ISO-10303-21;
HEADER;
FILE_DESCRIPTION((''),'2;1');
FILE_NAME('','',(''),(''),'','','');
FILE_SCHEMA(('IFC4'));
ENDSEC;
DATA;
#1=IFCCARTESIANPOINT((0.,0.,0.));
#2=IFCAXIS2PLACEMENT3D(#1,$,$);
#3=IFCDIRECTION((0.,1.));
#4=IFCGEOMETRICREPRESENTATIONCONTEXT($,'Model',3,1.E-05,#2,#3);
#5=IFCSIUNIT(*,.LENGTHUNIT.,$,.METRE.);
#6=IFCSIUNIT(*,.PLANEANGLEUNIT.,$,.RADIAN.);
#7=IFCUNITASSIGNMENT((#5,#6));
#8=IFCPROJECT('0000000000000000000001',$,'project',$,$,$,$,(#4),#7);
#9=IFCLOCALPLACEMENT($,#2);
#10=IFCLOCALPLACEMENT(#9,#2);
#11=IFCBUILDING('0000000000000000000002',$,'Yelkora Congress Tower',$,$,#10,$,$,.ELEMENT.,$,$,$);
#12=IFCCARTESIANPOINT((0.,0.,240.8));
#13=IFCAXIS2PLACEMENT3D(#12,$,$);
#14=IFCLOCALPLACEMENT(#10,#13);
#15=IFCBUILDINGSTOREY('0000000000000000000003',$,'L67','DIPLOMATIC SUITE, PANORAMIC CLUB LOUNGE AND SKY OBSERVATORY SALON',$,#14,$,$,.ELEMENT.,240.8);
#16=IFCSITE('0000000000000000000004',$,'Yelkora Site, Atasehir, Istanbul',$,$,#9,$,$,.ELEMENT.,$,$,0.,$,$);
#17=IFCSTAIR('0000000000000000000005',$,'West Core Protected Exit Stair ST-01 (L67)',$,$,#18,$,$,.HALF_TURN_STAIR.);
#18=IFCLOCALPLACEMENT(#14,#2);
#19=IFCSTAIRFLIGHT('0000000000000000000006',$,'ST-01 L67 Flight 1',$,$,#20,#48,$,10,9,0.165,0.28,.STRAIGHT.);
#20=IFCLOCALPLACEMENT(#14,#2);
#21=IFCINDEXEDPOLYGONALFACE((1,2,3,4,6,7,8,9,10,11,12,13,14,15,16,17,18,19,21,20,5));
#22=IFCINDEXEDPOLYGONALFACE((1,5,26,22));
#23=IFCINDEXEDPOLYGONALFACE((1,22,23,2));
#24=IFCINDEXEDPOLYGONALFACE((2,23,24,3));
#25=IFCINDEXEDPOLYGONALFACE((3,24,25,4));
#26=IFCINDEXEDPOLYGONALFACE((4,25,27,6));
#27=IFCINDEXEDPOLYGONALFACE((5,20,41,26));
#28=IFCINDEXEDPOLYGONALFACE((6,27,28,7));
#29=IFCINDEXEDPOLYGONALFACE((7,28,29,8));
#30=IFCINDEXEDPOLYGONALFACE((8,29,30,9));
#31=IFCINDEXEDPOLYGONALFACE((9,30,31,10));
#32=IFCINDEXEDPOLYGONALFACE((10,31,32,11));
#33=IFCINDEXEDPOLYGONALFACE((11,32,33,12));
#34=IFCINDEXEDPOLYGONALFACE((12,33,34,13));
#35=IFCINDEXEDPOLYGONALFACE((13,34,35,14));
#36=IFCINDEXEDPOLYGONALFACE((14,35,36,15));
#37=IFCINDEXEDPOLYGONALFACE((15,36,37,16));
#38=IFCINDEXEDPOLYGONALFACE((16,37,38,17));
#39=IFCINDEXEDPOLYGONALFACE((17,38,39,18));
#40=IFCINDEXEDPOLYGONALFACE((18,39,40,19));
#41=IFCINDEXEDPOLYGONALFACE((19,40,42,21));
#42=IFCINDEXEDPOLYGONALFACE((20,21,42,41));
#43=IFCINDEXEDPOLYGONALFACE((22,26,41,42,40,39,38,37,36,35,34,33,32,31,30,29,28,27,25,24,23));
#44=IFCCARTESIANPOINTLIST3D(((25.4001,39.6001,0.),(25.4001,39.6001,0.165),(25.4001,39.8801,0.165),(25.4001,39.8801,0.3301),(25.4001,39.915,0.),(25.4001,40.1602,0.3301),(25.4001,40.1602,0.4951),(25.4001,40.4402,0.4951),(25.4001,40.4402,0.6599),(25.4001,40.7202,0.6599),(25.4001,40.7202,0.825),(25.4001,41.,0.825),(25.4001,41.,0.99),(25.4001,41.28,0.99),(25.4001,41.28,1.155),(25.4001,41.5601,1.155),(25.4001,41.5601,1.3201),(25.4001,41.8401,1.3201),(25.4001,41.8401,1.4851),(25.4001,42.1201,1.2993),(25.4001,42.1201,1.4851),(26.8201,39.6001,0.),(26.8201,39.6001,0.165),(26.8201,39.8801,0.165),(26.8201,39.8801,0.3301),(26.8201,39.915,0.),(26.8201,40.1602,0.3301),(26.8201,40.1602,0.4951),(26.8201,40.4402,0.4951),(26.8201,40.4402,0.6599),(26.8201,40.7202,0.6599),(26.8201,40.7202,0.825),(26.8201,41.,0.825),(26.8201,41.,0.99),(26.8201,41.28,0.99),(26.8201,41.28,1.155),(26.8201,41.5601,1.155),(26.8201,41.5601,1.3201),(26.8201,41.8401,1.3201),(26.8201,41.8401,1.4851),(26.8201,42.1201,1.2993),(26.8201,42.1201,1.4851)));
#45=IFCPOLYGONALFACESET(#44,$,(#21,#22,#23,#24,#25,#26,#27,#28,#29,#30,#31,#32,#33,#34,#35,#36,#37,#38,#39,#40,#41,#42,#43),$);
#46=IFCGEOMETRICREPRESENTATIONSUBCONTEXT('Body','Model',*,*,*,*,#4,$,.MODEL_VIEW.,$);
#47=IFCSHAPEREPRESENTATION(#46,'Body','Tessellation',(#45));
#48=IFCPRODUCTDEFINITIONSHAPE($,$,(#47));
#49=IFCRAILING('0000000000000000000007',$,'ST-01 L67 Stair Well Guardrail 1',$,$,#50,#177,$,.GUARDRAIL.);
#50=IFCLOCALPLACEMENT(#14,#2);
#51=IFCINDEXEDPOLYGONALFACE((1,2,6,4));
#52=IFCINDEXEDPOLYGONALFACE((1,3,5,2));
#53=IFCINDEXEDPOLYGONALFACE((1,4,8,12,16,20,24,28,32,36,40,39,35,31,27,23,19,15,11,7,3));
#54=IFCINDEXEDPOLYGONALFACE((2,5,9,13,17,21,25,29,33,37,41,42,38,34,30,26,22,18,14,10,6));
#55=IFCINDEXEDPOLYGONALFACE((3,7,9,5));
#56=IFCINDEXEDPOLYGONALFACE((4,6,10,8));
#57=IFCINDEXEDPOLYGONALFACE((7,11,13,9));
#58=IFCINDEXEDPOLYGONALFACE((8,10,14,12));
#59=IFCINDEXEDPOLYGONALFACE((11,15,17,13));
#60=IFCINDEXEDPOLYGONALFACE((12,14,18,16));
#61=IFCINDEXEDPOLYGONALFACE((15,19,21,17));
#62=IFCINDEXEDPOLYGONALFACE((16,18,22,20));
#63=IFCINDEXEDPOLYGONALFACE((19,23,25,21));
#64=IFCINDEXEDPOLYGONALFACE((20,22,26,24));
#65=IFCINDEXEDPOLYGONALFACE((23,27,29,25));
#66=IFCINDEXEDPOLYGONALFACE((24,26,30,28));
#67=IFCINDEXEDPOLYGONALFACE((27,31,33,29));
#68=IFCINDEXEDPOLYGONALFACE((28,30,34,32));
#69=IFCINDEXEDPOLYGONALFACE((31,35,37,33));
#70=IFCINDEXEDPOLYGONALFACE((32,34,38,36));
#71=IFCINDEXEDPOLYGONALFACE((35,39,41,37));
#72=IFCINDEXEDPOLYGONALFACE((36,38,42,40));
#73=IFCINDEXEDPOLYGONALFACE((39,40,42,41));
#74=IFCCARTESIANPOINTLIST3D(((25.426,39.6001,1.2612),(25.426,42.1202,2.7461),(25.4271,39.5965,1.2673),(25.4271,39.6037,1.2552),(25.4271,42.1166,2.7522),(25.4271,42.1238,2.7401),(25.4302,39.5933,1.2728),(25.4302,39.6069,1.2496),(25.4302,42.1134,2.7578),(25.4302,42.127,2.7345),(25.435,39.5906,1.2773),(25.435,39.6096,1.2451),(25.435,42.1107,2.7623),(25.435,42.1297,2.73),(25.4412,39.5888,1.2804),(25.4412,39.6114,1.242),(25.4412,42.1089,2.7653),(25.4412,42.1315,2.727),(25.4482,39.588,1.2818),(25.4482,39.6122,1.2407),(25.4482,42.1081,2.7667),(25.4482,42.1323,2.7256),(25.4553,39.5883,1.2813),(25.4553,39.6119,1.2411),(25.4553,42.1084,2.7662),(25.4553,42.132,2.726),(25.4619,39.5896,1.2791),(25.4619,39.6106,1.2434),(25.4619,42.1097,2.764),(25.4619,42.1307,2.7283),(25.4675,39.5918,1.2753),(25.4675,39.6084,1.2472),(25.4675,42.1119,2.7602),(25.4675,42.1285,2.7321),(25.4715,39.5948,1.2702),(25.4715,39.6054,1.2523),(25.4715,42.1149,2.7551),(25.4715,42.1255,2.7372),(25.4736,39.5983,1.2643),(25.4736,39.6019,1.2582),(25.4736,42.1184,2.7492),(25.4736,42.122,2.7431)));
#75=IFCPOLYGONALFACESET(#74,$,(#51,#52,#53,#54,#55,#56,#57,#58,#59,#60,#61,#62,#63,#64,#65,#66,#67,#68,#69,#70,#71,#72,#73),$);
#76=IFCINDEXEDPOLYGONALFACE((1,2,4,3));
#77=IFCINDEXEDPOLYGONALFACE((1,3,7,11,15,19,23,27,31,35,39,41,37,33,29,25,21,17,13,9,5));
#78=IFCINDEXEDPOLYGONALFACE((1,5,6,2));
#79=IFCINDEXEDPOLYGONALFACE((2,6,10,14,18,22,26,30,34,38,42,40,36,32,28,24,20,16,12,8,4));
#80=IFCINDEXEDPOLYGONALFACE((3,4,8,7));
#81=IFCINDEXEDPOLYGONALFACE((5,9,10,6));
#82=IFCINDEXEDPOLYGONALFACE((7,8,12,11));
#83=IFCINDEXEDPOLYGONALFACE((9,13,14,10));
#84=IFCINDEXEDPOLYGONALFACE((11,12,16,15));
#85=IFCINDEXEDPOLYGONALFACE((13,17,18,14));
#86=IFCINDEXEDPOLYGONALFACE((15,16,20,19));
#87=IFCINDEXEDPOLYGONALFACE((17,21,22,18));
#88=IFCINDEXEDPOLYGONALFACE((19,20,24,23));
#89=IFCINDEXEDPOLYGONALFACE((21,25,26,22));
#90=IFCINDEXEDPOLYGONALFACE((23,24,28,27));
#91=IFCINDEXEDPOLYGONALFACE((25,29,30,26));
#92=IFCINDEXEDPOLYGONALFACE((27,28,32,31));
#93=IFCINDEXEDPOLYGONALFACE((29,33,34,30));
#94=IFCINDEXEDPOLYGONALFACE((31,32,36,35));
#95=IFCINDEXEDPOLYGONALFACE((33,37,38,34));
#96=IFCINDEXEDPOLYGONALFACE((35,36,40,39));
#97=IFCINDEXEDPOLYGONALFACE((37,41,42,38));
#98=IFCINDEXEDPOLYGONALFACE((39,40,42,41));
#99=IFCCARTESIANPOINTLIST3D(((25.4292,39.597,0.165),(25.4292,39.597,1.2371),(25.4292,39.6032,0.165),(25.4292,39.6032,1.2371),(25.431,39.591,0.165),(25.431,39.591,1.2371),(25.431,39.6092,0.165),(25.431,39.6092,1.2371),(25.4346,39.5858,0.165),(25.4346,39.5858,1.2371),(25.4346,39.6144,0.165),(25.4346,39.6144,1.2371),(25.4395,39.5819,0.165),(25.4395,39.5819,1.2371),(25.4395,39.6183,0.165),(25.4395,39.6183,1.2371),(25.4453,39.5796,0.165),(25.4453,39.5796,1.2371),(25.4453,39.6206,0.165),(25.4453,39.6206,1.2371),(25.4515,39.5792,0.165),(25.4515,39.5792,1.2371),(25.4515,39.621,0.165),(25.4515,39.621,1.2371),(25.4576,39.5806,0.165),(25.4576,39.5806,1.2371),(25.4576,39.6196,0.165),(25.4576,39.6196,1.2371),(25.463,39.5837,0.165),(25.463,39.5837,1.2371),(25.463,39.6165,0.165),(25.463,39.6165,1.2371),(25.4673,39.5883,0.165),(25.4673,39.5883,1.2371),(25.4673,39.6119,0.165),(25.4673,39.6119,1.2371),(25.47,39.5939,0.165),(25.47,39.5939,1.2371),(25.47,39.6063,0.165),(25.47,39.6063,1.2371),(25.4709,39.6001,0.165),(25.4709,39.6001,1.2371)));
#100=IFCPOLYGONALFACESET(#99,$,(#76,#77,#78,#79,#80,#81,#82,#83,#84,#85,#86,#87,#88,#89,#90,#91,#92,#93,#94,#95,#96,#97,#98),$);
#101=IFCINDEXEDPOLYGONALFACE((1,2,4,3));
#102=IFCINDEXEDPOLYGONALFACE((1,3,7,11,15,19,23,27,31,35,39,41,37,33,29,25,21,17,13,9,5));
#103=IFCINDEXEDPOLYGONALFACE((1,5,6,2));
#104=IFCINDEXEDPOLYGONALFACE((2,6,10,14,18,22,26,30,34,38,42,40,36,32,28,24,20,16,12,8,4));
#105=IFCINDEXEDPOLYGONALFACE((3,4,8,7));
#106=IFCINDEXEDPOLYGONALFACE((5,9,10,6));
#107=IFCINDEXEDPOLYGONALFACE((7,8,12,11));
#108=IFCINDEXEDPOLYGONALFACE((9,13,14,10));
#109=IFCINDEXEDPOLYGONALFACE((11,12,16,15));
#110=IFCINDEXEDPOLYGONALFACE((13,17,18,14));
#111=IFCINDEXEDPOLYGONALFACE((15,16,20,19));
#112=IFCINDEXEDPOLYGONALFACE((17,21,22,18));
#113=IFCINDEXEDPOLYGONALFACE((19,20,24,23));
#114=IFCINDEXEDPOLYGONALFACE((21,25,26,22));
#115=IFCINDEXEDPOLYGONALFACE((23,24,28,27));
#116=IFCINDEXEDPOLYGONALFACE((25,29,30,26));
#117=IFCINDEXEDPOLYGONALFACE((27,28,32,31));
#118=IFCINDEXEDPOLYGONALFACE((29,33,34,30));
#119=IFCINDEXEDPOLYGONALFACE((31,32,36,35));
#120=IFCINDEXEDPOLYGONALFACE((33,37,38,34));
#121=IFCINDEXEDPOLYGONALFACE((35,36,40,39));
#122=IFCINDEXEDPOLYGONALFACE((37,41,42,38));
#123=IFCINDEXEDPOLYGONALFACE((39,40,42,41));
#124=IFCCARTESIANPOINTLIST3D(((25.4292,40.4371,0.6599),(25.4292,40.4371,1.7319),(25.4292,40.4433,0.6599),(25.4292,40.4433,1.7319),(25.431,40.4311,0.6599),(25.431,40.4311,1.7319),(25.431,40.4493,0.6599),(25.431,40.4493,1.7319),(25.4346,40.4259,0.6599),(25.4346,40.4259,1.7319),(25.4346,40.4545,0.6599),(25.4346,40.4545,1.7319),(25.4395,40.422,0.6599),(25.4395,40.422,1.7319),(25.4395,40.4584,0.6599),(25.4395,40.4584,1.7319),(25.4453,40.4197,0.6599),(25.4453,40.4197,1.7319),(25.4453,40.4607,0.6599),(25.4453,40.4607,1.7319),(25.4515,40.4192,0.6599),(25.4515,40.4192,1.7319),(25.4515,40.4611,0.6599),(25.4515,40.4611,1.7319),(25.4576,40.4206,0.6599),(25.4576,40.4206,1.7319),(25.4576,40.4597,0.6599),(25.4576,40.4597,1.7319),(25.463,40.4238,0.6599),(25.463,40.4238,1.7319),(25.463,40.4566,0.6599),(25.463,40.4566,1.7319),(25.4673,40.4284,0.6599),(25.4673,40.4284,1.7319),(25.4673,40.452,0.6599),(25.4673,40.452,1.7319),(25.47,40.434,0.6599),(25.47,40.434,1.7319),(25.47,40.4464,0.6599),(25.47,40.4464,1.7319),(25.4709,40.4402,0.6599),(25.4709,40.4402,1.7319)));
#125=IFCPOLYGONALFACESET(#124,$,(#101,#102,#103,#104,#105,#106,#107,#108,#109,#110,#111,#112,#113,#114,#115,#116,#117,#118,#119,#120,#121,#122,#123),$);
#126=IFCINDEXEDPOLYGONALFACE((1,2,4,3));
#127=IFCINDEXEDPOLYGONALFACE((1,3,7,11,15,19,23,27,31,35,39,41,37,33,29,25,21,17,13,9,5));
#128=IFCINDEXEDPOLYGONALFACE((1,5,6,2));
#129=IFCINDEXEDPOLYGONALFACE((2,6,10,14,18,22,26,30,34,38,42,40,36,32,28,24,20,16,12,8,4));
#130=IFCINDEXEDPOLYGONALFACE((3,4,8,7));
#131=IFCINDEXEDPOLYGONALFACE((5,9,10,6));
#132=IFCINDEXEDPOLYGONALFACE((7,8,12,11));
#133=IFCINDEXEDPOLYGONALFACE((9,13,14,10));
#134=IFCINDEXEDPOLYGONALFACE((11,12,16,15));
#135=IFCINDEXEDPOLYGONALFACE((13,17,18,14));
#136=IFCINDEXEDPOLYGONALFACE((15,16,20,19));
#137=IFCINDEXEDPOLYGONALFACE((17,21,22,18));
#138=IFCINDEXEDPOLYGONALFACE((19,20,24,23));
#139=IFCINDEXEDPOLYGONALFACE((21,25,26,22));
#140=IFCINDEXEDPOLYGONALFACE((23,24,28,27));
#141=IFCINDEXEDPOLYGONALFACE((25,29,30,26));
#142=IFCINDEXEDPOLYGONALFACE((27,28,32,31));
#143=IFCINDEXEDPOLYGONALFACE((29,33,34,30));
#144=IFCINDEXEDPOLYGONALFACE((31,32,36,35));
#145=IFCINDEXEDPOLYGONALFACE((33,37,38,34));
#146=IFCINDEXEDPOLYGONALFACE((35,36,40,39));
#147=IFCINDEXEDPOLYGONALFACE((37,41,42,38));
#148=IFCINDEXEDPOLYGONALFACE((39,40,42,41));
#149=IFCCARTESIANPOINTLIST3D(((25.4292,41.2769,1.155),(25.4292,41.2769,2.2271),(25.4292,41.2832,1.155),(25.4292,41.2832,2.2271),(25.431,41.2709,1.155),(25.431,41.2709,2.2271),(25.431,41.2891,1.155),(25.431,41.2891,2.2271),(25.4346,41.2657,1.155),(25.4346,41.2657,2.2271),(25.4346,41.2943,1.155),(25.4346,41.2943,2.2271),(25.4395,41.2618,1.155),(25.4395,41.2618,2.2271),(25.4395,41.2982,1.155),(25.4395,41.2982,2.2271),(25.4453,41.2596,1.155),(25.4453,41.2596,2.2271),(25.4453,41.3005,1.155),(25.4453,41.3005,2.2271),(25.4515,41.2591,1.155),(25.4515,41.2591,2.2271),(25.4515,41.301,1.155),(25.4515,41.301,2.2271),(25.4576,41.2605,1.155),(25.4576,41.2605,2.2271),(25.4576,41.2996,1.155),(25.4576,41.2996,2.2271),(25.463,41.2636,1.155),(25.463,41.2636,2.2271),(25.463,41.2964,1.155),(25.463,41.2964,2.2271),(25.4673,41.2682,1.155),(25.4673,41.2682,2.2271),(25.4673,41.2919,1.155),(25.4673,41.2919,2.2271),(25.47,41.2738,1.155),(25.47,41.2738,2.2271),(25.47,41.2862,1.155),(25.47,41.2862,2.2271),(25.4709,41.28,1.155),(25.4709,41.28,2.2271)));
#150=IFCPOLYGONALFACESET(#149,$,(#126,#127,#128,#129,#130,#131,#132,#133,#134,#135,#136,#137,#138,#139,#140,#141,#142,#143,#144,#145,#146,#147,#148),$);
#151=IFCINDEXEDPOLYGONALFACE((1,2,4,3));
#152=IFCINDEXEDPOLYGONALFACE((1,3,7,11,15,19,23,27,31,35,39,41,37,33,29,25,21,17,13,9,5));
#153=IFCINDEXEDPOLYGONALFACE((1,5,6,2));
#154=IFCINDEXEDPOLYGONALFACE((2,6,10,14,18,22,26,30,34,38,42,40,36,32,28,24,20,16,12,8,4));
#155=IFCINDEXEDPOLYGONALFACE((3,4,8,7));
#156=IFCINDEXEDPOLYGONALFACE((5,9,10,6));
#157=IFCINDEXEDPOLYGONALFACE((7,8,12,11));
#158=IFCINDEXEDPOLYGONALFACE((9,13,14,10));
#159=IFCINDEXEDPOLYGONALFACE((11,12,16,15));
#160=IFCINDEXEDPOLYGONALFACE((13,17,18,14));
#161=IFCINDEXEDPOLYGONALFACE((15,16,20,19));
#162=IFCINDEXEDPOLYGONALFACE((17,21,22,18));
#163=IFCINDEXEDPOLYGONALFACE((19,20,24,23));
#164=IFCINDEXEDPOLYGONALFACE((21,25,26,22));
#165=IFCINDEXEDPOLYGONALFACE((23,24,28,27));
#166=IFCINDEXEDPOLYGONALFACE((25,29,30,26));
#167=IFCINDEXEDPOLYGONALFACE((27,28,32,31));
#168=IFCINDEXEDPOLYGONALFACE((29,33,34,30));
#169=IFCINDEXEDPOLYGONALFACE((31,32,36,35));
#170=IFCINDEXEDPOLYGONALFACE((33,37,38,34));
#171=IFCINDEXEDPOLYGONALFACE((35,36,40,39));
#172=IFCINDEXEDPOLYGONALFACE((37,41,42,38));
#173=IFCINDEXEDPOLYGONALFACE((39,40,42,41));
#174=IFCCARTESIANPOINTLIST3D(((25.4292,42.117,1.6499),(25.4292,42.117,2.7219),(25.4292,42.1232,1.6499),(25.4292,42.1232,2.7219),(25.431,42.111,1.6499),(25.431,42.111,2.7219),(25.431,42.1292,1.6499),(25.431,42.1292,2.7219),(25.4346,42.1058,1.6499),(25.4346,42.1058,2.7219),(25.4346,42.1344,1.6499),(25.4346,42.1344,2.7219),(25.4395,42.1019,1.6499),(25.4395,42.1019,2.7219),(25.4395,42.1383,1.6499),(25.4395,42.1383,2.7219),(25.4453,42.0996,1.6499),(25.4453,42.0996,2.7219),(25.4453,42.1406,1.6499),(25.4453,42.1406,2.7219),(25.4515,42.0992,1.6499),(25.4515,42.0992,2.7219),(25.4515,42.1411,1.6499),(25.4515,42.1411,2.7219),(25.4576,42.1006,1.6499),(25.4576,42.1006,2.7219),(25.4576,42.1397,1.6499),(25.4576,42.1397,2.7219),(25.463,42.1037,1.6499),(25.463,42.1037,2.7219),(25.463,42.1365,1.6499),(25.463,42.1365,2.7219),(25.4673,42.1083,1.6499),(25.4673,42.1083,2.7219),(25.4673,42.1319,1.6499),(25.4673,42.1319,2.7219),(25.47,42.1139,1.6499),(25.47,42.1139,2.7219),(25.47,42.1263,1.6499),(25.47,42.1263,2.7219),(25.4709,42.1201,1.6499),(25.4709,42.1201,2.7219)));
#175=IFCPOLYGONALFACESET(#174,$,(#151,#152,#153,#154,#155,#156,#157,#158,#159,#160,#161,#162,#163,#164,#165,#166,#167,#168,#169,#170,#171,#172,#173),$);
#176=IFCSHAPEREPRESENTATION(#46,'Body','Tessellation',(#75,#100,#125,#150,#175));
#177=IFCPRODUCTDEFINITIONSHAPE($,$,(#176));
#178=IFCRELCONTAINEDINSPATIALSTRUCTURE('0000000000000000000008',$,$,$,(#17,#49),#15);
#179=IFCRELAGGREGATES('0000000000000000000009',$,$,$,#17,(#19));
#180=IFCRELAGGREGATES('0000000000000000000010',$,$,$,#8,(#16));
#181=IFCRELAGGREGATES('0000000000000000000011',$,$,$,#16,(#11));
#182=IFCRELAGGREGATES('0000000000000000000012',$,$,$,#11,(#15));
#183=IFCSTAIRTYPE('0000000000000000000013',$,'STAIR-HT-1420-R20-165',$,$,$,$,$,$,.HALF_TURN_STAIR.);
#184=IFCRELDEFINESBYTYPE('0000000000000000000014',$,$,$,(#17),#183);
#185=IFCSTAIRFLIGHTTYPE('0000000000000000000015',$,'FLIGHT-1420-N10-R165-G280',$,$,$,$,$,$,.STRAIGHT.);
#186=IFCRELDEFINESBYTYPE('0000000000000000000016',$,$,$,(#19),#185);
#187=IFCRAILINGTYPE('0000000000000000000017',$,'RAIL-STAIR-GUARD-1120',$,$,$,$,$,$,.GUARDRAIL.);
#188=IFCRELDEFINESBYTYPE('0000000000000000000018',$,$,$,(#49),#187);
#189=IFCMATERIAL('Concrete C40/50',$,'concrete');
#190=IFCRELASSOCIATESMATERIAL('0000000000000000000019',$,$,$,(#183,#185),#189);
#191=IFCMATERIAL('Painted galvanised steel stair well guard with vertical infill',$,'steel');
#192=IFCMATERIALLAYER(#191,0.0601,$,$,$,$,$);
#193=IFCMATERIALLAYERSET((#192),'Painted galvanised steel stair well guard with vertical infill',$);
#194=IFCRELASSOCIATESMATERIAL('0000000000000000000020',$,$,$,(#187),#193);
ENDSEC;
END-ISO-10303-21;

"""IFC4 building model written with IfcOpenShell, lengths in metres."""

from ifc_helpers import new_model, si_unit, direction, frame, origin, origin_2d, place, context, subcontext, project, spatial, polyline, circle, outline, extrude, material, layer, layer_set, type_object, element, aggregate, save


model = new_model("IFC4")

# Units and contexts
model_context = context("Model", 3, precision=1e-05, world=origin(), true_north=direction((0.0, 1.0)))
body_context = subcontext(model_context, "Body", "Model", "MODEL_VIEW")
ifc_project = project(units=[si_unit("LENGTHUNIT", "METRE"), si_unit("PLANEANGLEUNIT", "RADIAN")], contexts=[model_context])

# Site, building, storey
site_placement = place(None, origin())
site = spatial("IfcSite", under=ifc_project, at=site_placement, Name="Yelkora Site, Atasehir, Istanbul", CompositionType="ELEMENT", RefElevation=0.0)
building_placement = place(site_placement, origin())
building = spatial("IfcBuilding", under=site, at=building_placement, Name="Yelkora Congress Tower", CompositionType="ELEMENT")
storey_placement = place(building_placement, frame((0.0, 0.0, 240.8)))
storey = spatial("IfcBuildingStorey", under=building, at=storey_placement, Name="L67", Description="DIPLOMATIC SUITE, PANORAMIC CLUB LOUNGE AND SKY OBSERVATORY SALON", CompositionType="ELEMENT", Elevation=240.8)

# Stair, stair flight
ifc_material_1 = material(Name="Concrete C40/50", Category="concrete")
stair_type = type_object("IfcStairType", Name="STAIR-HT-1420-R20-165", PredefinedType="HALF_TURN_STAIR", material=ifc_material_1)
stair_placement = place(storey_placement, origin())
stair = element("IfcStair", 1, at=stair_placement, inside=storey, type_object=stair_type, Name="West Core Protected Exit Stair ST-01 (L67)", PredefinedType="HALF_TURN_STAIR")
stair_flight_type = type_object("IfcStairFlightType", Name="FLIGHT-1420-N10-R165-G280", PredefinedType="STRAIGHT", material=ifc_material_1)
stair_flight_placement = place(storey_placement, frame((26.1101, 39.6001, 0.0), z_axis=(0.0, 0.0, 1.0), x_axis=(0.0, 1.0, 0.0)))
stair_flight = element("IfcStairFlight", 2, at=stair_flight_placement, type_object=stair_flight_type, Name="ST-01 L67 Flight 1", NumberOfRisers=10, NumberOfTreads=9, PredefinedType="STRAIGHT", RiserHeight=0.165, TreadLength=0.28, context=body_context, shape_type="SweptSolid", body=[
    extrude(outline(polyline([(0.0, 0.0), (0.0, 0.165), (0.28, 0.165), (0.28, 0.3301), (0.5601, 0.3301), (0.5601, 0.4951), (0.8401, 0.4951), (0.8401, 0.6599), (1.1201, 0.6599), (1.1201, 0.825), (1.3999, 0.825), (1.3999, 0.99), (1.6799, 0.99), (1.6799, 1.155), (1.96, 1.155), (1.96, 1.3201), (2.24, 1.3201), (2.24, 1.4851), (2.52, 1.4851), (2.52, 1.6499), (2.52, 1.2993), (0.3149, 0.0), (0.0, 0.0)])), frame((0.0, 0.71, 0.0), z_axis=(0.0, -1.0, 0.0), x_axis=(1.0, 0.0, 0.0)), (0.0, 0.0, 1.0), 1.4199),
])
aggregate(stair, [stair_flight])

# Railing
ifc_material_2 = material(Name="Painted galvanised steel stair well guard with vertical infill", Category="steel")
ifc_layer_1 = layer(ifc_material_2, 0.0601)
ifc_layer_set_1 = layer_set([ifc_layer_1], Name="Painted galvanised steel stair well guard with vertical infill")
railing_type_1 = type_object("IfcRailingType", Name="RAIL-STAIR-GUARD-1120", PredefinedType="GUARDRAIL", material=ifc_layer_set_1)
railing_1_placement = place(storey_placement, frame((25.45, 39.6001, 0.165)))
element("IfcRailing", 3, at=railing_1_placement, inside=storey, type_object=railing_type_1, Name="ST-01 L67 Stair Well Guardrail 1", PredefinedType="GUARDRAIL", context=body_context, shape_type="SweptSolid", body=[
    extrude(circle(Radius=0.0239, at=origin_2d()), frame((0.0, 0.0, 1.0962), z_axis=(0.0, 0.861561, 0.507655), x_axis=(-1.0, 0.0, 0.0)), (0.0, 0.0, 1.0), 2.925),
    extrude(circle(Radius=0.021, at=origin_2d()), origin(), (0.0, 0.0, 1.0), 1.072),
    extrude(circle(Radius=0.021, at=origin_2d()), frame((0.0, 0.8401, 0.4949)), (0.0, 0.0, 1.0), 1.072),
    extrude(circle(Radius=0.021, at=origin_2d()), frame((0.0, 1.6799, 0.99)), (0.0, 0.0, 1.0), 1.072),
    extrude(circle(Radius=0.021, at=origin_2d()), frame((0.0, 2.52, 1.4849)), (0.0, 0.0, 1.0), 1.072),
])

save(model, "model.ifc")
